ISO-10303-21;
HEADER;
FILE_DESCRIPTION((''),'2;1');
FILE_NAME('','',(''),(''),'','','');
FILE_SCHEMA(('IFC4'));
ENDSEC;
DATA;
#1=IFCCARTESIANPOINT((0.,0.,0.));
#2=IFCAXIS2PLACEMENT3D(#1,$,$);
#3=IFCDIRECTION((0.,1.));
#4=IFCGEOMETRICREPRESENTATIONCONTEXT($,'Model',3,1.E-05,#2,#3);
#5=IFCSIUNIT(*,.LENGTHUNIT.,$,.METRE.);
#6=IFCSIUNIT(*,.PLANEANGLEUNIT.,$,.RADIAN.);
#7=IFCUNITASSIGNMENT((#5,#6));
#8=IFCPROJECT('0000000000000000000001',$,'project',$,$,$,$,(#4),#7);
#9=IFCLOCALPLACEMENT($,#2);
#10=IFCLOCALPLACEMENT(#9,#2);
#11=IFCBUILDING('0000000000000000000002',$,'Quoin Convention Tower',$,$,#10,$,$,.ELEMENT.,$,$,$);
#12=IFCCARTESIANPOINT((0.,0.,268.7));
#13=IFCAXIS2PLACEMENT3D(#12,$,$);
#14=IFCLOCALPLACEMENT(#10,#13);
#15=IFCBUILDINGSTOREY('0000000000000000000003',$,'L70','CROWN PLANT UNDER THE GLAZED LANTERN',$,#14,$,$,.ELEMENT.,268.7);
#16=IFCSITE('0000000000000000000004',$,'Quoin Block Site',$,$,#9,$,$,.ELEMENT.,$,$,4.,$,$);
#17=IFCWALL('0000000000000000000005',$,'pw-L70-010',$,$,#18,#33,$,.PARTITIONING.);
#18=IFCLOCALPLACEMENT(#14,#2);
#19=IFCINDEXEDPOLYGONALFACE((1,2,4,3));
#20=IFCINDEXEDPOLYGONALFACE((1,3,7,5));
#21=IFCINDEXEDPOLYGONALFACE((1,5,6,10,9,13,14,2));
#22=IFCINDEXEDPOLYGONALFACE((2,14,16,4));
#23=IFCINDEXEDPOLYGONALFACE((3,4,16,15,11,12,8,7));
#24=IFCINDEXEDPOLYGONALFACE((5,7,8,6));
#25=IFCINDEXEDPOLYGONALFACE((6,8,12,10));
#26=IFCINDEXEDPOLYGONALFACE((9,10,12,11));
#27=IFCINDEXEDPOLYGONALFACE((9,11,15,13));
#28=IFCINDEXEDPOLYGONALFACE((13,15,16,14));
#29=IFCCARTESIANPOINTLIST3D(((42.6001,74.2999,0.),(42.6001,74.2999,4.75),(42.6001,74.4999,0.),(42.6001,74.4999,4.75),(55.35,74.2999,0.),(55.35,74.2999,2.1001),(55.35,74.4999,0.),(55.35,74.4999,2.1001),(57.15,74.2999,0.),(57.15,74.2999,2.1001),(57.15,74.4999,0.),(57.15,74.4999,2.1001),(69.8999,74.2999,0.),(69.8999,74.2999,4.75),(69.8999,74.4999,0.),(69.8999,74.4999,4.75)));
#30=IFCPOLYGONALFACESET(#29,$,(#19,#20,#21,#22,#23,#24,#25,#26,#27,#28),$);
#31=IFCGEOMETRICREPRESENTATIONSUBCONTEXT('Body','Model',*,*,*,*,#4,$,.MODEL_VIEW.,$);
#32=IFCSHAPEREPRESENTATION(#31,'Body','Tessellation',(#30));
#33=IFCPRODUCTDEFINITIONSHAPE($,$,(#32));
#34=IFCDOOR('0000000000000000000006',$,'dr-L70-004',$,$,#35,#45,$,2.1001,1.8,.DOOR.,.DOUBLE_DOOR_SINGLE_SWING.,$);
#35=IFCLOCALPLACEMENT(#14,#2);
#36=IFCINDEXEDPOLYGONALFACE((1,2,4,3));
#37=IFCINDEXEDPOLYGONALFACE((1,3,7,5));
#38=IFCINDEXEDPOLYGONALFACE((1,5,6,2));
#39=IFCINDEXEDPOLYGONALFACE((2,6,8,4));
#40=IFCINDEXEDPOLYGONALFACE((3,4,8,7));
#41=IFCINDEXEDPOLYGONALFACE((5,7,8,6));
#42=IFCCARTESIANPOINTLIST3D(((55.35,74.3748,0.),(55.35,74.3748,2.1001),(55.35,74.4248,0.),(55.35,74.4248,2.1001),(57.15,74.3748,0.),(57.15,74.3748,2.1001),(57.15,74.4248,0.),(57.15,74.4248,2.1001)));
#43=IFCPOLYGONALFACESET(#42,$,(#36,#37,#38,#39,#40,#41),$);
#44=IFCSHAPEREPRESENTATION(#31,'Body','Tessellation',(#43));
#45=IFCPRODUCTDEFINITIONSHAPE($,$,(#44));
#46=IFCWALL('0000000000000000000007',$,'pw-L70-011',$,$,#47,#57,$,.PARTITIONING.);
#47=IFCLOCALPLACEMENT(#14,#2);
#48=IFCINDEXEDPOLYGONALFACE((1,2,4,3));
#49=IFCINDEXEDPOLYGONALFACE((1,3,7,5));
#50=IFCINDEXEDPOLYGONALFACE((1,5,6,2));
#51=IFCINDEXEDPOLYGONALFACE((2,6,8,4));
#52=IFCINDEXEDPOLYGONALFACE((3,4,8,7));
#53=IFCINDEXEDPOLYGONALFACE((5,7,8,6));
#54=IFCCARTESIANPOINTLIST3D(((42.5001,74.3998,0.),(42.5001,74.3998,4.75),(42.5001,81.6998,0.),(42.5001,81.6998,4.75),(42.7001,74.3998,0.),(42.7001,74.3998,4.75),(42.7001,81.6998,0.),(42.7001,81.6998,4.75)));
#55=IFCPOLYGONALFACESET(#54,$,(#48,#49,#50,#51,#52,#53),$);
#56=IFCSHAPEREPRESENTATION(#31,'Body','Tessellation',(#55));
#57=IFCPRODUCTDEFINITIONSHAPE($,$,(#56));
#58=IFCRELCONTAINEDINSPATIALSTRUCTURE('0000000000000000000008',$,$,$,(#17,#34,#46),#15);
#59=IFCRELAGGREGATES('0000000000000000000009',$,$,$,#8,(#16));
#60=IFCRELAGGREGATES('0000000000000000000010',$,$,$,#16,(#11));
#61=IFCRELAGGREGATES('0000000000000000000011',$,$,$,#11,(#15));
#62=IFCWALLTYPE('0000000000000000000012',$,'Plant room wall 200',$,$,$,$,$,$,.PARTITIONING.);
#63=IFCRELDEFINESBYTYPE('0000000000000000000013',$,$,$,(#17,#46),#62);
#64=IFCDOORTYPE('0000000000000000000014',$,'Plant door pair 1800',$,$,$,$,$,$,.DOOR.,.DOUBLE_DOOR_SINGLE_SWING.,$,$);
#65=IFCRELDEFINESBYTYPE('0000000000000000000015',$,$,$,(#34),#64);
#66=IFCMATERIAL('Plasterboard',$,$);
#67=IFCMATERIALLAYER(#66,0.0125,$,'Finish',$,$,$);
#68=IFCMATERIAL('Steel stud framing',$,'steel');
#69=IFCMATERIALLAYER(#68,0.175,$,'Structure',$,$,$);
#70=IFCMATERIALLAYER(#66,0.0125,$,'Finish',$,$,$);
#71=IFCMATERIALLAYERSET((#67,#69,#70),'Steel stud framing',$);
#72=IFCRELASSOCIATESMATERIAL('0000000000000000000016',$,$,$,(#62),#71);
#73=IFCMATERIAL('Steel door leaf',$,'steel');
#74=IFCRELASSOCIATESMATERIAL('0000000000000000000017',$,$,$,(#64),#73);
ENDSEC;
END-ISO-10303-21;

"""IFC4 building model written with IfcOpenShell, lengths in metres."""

from ifc_helpers import new_model, si_unit, direction, frame, frame_2d, origin, place, context, subcontext, project, spatial, rectangle, extrude, material, layer, layer_set, type_object, element, fill, save


model = new_model("IFC4")

# Units and contexts
model_context = context("Model", 3, precision=1e-05, world=origin(), true_north=direction((0.0, 1.0)))
body_context = subcontext(model_context, "Body", "Model", "MODEL_VIEW")
ifc_project = project(units=[si_unit("LENGTHUNIT", "METRE"), si_unit("PLANEANGLEUNIT", "RADIAN")], contexts=[model_context])

# Site, building, storey
site_placement = place(None, origin())
site = spatial("IfcSite", under=ifc_project, at=site_placement, Name="Quoin Block Site", CompositionType="ELEMENT", RefElevation=4.0)
building_placement = place(site_placement, origin())
building = spatial("IfcBuilding", under=site, at=building_placement, Name="Quoin Convention Tower", CompositionType="ELEMENT")
storey_placement = place(building_placement, frame((0.0, 0.0, 268.7)))
storey = spatial("IfcBuildingStorey", under=building, at=storey_placement, Name="L70", Description="CROWN PLANT UNDER THE GLAZED LANTERN", CompositionType="ELEMENT", Elevation=268.7)

# Wall, opening, door
ifc_material_1 = material(Name="Plasterboard")
ifc_layer_1 = layer(ifc_material_1, 0.0125, Name="Finish")
ifc_material_2 = material(Name="Steel stud framing", Category="steel")
ifc_layer_2 = layer(ifc_material_2, 0.175, Name="Structure")
ifc_layer_3 = layer(ifc_material_1, 0.0125, Name="Finish")
ifc_layer_set = layer_set([ifc_layer_1, ifc_layer_2, ifc_layer_3], Name="Steel stud framing")
wall_type = type_object("IfcWallType", Name="Plant room wall 200", PredefinedType="PARTITIONING", material=ifc_layer_set)
wall_1_placement = place(storey_placement, frame((42.6001, 74.3999, 0.0), z_axis=(0.0, 0.0, 1.0), x_axis=(1.0, 0.0, 0.0)))
wall_1 = element("IfcWall", 1, at=wall_1_placement, inside=storey, type_object=wall_type, Name="pw-L70-010", PredefinedType="PARTITIONING", context=body_context, shape_type="SweptSolid", body=[
    extrude(rectangle(XDim=27.2998, YDim=0.2, at=frame_2d((13.6499, 0.0))), origin(), (0.0, 0.0, 1.0), 4.75),
])
opening_placement = place(wall_1_placement, frame((12.75, 0.0, 0.0)))
opening = element("IfcOpeningElement", 2, at=opening_placement, cuts=wall_1, PredefinedType="OPENING", context=body_context, shape_type="SweptSolid", body=[
    extrude(rectangle(XDim=1.8, YDim=2.1001, at=frame_2d((0.8999, 1.05))), frame((0.0, 0.1099, 0.0), z_axis=(0.0, -1.0, 0.0), x_axis=(1.0, 0.0, 0.0)), (0.0, 0.0, 1.0), 0.22),
])
ifc_material_3 = material(Name="Steel door leaf", Category="steel")
door_type = type_object("IfcDoorType", Name="Plant door pair 1800", OperationType="DOUBLE_DOOR_SINGLE_SWING", PredefinedType="DOOR", material=ifc_material_3)
door_placement = place(opening_placement, origin())
door = element("IfcDoor", 3, at=door_placement, inside=storey, type_object=door_type, Name="dr-L70-004", OperationType="DOUBLE_DOOR_SINGLE_SWING", OverallHeight=2.1001, OverallWidth=1.8, PredefinedType="DOOR", context=body_context, shape_type="SweptSolid", body=[
    extrude(rectangle(XDim=1.8, YDim=2.1001, at=frame_2d((0.8999, 1.05))), frame((0.0, 0.0249, 0.0), z_axis=(0.0, -1.0, 0.0), x_axis=(1.0, 0.0, 0.0)), (0.0, 0.0, 1.0), 0.05),
])
fill(opening, door)

# Wall
wall_2_placement = place(storey_placement, frame((42.6001, 74.3999, 0.0), z_axis=(0.0, 0.0, 1.0), x_axis=(0.0, 1.0, 0.0)))
element("IfcWall", 4, at=wall_2_placement, inside=storey, type_object=wall_type, Name="pw-L70-011", PredefinedType="PARTITIONING", context=body_context, shape_type="SweptSolid", body=[
    extrude(rectangle(XDim=7.3, YDim=0.2, at=frame_2d((3.6499, 0.0))), origin(), (0.0, 0.0, 1.0), 4.75),
])

save(model, "model.ifc")
